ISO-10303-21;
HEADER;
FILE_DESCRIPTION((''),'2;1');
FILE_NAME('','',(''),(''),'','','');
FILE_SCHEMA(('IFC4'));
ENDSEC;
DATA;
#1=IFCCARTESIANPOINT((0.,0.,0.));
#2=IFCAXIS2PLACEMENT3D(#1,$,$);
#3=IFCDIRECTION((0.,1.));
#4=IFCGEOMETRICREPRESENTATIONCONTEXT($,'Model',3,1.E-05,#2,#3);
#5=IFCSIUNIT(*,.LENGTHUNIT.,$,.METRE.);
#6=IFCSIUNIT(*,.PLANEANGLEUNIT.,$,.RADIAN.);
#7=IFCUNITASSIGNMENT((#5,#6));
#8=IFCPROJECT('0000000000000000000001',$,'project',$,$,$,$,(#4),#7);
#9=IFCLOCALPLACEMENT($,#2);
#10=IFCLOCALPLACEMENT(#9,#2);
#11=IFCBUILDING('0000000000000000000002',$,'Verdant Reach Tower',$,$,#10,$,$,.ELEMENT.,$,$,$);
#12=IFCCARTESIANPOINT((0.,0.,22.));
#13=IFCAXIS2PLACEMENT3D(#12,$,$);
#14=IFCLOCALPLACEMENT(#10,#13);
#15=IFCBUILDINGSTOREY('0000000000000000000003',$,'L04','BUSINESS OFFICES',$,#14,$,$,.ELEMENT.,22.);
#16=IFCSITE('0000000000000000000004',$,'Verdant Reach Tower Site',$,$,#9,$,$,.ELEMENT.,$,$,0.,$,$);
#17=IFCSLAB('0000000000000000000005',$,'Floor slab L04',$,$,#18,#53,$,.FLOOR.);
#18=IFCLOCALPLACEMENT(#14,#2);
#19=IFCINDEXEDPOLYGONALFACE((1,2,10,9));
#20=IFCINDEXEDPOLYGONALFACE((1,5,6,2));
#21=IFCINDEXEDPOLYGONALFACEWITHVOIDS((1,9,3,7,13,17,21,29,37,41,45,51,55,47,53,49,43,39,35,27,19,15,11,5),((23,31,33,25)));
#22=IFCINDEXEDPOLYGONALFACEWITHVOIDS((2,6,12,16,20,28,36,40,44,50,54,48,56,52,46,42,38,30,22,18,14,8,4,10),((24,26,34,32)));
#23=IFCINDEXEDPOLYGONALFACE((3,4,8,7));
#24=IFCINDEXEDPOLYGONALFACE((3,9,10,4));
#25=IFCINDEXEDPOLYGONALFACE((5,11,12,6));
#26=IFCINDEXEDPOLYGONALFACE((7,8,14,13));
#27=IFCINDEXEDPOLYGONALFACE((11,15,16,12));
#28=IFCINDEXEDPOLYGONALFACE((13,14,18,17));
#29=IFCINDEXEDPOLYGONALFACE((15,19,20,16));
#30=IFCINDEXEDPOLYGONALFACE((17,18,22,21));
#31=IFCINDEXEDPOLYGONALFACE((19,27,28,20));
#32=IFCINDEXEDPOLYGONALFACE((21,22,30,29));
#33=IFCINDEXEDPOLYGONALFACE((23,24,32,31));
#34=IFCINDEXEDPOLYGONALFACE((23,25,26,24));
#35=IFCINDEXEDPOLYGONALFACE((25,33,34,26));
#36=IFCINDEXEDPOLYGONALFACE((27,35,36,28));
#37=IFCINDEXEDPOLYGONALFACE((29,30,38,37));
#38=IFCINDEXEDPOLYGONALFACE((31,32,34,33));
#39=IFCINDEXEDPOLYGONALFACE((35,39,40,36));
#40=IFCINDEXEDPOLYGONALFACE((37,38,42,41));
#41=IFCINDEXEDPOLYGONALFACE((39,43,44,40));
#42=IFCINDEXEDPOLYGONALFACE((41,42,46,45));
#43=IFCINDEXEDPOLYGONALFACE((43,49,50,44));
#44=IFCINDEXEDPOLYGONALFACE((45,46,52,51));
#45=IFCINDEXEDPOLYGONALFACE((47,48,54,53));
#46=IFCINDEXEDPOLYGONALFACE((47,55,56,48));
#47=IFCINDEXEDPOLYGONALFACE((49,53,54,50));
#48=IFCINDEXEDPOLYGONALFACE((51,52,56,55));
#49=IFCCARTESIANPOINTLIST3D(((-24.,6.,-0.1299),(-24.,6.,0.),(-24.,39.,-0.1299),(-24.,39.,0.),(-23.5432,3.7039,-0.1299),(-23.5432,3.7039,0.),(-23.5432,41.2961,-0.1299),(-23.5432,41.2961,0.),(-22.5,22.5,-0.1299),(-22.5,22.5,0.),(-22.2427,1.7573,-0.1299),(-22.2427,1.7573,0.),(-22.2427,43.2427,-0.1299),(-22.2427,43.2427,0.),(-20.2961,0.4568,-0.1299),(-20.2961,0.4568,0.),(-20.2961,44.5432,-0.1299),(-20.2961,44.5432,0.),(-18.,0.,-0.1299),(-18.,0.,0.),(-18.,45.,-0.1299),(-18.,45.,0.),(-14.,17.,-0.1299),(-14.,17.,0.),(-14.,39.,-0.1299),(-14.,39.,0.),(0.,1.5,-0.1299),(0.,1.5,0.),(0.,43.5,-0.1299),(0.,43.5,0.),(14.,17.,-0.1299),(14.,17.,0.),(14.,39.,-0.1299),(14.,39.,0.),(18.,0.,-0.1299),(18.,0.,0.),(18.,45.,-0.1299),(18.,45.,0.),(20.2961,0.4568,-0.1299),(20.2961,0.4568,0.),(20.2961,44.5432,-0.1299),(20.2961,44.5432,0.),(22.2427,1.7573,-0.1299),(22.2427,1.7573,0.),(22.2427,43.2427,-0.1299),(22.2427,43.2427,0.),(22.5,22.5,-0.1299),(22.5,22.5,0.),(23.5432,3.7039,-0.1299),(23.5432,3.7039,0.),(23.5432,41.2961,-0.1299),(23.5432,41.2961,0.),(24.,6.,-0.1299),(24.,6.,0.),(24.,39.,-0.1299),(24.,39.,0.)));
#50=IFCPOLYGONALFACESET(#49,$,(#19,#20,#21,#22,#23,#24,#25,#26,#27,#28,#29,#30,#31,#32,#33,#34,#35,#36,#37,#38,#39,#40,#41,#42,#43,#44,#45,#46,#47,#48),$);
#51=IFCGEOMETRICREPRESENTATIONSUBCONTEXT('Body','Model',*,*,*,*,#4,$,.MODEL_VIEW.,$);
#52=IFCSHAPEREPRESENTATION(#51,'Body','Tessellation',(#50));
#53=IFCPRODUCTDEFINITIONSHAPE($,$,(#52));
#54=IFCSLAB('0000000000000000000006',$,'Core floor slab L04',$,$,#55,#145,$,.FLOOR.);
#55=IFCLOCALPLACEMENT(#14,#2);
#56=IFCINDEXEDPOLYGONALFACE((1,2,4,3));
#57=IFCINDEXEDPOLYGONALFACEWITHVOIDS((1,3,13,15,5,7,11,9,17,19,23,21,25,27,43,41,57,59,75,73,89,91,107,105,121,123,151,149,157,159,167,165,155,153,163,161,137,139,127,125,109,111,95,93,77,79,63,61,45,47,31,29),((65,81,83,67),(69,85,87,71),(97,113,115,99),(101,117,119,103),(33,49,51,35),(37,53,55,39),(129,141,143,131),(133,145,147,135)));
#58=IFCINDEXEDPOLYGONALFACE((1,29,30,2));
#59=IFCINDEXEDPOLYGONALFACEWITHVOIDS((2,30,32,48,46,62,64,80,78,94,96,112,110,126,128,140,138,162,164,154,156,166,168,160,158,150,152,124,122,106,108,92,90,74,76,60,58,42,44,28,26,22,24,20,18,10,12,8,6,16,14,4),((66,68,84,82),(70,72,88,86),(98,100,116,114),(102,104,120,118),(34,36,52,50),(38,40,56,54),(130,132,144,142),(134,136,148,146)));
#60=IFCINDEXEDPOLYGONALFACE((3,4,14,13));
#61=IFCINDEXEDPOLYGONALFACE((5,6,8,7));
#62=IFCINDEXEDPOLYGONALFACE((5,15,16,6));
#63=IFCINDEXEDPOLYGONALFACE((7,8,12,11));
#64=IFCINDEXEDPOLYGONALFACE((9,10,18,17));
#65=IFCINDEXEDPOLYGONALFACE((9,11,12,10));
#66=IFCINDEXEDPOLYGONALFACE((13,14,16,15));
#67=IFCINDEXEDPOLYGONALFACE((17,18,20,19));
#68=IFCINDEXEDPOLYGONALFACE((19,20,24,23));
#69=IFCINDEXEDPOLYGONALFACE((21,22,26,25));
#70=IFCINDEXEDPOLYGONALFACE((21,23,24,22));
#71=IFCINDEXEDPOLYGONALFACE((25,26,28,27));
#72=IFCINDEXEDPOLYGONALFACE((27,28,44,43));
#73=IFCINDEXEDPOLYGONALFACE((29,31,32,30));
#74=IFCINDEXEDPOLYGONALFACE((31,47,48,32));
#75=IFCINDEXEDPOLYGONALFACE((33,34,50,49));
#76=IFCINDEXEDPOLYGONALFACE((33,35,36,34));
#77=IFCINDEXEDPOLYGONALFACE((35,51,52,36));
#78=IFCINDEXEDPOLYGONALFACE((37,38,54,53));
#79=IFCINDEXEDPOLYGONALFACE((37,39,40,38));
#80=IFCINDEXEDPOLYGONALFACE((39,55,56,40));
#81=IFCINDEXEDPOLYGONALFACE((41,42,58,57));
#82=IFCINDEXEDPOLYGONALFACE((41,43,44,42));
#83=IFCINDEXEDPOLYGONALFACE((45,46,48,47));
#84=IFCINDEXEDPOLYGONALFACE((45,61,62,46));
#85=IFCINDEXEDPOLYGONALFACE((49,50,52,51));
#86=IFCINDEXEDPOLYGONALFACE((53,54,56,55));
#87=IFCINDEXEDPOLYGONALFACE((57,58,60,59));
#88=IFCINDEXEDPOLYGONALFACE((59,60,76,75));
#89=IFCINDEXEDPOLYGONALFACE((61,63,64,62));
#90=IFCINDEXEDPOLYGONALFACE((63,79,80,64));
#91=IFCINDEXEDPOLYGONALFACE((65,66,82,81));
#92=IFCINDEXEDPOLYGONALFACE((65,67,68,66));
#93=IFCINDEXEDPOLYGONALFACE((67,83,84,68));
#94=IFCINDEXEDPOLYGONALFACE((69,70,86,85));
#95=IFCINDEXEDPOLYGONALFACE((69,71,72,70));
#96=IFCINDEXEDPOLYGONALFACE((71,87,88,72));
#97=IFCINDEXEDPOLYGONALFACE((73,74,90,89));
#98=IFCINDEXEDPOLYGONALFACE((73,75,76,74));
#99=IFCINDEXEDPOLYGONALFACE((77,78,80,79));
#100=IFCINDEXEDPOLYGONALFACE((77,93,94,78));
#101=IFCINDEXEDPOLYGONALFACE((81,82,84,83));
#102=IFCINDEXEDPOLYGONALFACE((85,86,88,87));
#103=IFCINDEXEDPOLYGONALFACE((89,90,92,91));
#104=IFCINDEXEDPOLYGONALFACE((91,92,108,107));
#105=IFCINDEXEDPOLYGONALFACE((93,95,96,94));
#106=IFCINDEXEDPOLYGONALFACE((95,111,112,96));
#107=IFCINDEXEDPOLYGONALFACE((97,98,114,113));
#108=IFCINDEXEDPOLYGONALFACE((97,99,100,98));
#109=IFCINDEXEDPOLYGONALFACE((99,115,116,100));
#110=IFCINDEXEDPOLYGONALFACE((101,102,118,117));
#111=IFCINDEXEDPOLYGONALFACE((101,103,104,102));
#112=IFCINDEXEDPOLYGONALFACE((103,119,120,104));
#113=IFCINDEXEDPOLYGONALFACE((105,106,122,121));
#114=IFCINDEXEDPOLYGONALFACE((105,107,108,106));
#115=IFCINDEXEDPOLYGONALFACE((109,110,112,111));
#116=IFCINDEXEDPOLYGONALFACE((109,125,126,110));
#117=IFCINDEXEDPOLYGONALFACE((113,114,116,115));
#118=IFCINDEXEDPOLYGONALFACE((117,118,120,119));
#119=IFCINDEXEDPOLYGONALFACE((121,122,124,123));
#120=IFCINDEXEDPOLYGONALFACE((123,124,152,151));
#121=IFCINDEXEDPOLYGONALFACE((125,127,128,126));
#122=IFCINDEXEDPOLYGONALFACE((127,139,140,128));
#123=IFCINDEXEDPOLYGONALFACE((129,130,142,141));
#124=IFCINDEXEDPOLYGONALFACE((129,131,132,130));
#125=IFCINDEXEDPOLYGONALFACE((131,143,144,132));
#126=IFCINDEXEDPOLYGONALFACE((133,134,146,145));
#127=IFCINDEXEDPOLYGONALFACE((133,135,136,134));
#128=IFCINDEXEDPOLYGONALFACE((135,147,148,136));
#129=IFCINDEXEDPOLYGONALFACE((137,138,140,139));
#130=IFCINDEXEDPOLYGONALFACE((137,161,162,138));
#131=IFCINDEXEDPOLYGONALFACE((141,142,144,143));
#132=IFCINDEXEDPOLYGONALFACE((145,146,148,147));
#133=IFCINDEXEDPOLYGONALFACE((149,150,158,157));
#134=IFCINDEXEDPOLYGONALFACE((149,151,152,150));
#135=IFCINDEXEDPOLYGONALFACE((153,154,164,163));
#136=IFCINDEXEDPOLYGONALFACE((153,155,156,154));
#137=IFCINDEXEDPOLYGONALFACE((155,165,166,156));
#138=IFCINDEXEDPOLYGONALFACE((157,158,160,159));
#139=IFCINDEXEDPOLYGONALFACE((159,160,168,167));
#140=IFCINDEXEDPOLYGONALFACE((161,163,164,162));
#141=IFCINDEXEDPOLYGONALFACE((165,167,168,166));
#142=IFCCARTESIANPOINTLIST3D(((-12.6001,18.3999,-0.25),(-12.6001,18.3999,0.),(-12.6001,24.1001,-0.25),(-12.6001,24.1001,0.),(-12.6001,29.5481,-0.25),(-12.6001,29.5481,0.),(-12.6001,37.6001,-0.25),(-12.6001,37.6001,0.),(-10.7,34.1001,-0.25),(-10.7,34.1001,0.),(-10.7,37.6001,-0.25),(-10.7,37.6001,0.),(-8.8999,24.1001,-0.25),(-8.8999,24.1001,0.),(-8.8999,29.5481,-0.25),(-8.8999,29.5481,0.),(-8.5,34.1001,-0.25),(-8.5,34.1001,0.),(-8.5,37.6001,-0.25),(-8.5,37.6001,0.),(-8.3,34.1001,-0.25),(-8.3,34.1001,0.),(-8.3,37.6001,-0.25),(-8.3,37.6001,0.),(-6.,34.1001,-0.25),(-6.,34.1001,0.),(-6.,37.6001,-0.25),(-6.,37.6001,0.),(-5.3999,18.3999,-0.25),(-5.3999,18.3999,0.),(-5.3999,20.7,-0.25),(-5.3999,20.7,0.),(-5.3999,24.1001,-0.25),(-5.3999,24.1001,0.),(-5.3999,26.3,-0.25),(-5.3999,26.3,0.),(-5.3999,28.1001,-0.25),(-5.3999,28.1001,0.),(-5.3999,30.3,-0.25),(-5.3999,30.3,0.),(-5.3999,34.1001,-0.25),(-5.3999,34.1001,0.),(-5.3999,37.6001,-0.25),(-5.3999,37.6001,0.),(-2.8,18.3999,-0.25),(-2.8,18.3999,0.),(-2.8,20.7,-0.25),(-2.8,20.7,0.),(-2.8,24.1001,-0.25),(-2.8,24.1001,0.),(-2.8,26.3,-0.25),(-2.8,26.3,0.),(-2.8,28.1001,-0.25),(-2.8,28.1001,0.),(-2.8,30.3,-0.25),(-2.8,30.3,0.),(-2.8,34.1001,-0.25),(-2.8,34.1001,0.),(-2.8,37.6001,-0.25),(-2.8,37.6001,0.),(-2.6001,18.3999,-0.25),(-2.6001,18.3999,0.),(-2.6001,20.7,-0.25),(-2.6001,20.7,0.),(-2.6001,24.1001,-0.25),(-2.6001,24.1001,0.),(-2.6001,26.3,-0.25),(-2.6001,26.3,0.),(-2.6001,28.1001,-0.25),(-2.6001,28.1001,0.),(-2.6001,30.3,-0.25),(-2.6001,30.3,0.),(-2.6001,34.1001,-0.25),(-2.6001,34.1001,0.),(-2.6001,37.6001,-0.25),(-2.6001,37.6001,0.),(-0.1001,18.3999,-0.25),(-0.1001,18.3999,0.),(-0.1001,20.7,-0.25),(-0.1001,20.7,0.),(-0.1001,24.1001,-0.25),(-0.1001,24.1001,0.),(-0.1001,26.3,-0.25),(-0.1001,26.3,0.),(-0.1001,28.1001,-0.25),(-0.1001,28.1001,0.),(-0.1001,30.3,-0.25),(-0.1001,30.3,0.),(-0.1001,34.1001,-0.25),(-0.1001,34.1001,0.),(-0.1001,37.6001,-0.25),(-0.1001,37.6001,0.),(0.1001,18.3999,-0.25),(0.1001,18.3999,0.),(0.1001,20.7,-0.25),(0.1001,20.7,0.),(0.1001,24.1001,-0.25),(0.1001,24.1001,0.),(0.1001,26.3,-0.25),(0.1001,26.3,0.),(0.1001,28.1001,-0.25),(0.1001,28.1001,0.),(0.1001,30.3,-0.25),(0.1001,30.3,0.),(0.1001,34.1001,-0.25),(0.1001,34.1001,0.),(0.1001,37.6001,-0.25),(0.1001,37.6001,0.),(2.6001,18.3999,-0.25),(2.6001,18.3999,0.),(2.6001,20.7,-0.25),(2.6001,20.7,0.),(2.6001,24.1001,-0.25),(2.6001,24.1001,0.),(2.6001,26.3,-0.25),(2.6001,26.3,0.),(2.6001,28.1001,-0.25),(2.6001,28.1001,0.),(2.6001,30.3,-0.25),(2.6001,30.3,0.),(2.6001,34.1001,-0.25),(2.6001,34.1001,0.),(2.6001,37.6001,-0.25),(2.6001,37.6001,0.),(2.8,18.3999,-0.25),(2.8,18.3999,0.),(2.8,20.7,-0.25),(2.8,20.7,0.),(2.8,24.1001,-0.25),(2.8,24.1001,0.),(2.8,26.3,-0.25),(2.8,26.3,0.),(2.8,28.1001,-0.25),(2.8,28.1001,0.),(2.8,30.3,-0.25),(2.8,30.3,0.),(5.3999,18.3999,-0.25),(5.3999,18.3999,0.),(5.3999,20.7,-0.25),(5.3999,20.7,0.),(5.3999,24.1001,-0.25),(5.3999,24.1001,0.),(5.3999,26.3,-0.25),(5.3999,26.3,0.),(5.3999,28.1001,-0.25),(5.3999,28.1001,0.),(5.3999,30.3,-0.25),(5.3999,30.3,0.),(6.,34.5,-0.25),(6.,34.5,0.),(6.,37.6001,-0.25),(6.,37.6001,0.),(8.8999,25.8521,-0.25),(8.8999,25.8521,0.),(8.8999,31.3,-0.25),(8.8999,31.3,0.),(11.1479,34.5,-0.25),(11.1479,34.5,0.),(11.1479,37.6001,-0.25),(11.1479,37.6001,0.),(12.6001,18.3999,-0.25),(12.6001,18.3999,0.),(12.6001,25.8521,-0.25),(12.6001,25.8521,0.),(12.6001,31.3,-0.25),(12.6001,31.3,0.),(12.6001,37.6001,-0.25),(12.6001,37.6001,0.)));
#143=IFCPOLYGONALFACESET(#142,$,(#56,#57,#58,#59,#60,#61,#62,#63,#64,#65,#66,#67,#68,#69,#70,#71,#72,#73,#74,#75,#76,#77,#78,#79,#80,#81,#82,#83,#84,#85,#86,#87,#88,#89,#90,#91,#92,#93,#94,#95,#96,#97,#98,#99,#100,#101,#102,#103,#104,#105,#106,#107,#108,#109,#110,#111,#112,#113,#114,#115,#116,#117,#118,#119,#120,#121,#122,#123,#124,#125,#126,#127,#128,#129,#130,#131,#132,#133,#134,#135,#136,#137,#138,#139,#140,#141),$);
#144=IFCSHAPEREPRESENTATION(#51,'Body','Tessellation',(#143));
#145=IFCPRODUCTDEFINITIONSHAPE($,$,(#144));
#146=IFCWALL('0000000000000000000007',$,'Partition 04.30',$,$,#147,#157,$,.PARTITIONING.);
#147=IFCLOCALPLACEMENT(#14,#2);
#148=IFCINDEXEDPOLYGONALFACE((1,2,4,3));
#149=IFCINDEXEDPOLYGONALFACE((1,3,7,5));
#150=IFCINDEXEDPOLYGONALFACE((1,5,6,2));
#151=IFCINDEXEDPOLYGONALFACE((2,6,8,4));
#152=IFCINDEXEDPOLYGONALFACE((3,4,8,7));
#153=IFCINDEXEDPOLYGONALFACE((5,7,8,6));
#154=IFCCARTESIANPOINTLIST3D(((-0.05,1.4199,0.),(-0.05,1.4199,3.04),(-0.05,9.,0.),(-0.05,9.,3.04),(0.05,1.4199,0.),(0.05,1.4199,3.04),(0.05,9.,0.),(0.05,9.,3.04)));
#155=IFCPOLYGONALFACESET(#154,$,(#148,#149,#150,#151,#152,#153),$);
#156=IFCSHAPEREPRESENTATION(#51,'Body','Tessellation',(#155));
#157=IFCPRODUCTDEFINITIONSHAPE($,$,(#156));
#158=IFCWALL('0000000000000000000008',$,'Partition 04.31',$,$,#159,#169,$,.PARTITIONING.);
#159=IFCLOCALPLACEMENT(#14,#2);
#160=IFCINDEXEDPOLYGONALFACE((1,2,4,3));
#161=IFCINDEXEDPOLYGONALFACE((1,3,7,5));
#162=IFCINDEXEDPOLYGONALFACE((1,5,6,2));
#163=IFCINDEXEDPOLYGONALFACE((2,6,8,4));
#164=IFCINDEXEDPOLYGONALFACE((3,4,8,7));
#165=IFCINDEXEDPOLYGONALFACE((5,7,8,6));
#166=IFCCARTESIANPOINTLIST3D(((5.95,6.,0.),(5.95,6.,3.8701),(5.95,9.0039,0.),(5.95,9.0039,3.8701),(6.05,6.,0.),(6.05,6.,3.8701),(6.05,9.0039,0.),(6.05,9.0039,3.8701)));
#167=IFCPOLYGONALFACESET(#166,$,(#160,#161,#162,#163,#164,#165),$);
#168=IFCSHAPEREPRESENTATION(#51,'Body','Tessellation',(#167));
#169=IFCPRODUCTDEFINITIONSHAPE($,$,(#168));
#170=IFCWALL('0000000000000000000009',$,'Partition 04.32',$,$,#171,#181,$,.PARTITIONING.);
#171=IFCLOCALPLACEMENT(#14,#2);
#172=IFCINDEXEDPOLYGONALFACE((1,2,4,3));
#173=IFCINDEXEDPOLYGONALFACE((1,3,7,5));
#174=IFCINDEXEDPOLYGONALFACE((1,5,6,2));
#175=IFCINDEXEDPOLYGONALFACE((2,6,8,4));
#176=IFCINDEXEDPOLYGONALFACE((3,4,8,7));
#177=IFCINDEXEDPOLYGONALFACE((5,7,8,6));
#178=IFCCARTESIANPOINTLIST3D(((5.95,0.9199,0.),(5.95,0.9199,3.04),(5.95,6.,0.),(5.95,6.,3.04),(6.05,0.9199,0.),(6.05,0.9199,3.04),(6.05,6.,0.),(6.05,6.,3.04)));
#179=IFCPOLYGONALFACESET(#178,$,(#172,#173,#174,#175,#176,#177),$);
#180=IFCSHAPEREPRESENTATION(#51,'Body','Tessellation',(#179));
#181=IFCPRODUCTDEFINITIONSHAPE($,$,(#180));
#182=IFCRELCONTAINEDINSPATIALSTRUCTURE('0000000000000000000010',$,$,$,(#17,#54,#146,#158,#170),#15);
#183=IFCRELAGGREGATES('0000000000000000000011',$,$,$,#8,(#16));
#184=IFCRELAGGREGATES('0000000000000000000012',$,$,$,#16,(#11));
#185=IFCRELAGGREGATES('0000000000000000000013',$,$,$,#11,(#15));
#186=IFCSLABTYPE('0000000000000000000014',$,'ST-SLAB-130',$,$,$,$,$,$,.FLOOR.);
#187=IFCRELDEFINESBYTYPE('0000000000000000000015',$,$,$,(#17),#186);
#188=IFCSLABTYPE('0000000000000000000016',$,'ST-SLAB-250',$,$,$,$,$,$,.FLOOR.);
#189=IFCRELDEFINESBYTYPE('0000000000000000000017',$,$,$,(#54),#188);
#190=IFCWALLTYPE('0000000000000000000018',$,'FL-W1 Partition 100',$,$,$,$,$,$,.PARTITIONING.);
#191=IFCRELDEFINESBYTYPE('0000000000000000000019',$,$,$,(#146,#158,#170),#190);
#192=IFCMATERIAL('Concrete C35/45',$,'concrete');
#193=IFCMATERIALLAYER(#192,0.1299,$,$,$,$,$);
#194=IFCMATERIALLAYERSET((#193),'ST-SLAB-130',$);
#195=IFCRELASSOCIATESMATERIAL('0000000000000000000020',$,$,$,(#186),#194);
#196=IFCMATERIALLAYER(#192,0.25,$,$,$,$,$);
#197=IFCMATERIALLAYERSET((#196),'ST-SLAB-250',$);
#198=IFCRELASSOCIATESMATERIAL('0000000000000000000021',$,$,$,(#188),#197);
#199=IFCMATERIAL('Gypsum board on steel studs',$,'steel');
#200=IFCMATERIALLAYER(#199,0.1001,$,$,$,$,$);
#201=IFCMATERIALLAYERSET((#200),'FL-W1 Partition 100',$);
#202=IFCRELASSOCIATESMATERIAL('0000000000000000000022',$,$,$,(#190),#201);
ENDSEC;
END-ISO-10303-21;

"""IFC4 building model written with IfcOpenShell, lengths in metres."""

from ifc_helpers import new_model, si_unit, direction, frame, frame_2d, origin, place, context, subcontext, project, spatial, polyline, rectangle, outline, extrude, material, layer, layer_set, type_object, element, save


model = new_model("IFC4")

# Units and contexts
model_context = context("Model", 3, precision=1e-05, world=origin(), true_north=direction((0.0, 1.0)))
body_context = subcontext(model_context, "Body", "Model", "MODEL_VIEW")
ifc_project = project(units=[si_unit("LENGTHUNIT", "METRE"), si_unit("PLANEANGLEUNIT", "RADIAN")], contexts=[model_context])

# Site, building, storey
site_placement = place(None, origin())
site = spatial("IfcSite", under=ifc_project, at=site_placement, Name="Verdant Reach Tower Site", CompositionType="ELEMENT", RefElevation=0.0)
building_placement = place(site_placement, origin())
building = spatial("IfcBuilding", under=site, at=building_placement, Name="Verdant Reach Tower", CompositionType="ELEMENT")
storey_placement = place(building_placement, frame((0.0, 0.0, 22.0)))
storey = spatial("IfcBuildingStorey", under=building, at=storey_placement, Name="L04", Description="BUSINESS OFFICES", CompositionType="ELEMENT", Elevation=22.0)

# Slabs
ifc_material_1 = material(Name="Concrete C35/45", Category="concrete")
ifc_layer_1 = layer(ifc_material_1, 0.1299)
ifc_layer_set_1 = layer_set([ifc_layer_1], Name="ST-SLAB-130")
slab_type_1 = type_object("IfcSlabType", Name="ST-SLAB-130", PredefinedType="FLOOR", material=ifc_layer_set_1)
slab_1_placement = place(storey_placement, frame((0.0, 0.0, -0.1299)))
element("IfcSlab", 1, at=slab_1_placement, inside=storey, type_object=slab_type_1, Name="Floor slab L04", PredefinedType="FLOOR", context=body_context, shape_type="SweptSolid", body=[
    extrude(outline(polyline([(0.0, 1.5), (-18.0, 0.0), (-20.2961, 0.4568), (-22.2427, 1.7573), (-23.5432, 3.7039), (-24.0, 6.0), (-22.5, 22.5), (-24.0, 39.0), (-23.5432, 41.2961), (-22.2427, 43.2427), (-20.2961, 44.5432), (-18.0, 45.0), (0.0, 43.5), (18.0, 45.0), (20.2961, 44.5432), (22.2427, 43.2427), (23.5432, 41.2961), (24.0, 39.0), (22.5, 22.5), (24.0, 6.0), (23.5432, 3.7039), (22.2427, 1.7573), (20.2961, 0.4568), (18.0, 0.0), (0.0, 1.5)]), holes=[polyline([(14.0, 39.0), (-14.0, 39.0), (-14.0, 17.0), (14.0, 17.0), (14.0, 39.0)])]), origin(), (0.0, 0.0, 1.0), 0.1299),
])
ifc_layer_2 = layer(ifc_material_1, 0.25)
ifc_layer_set_2 = layer_set([ifc_layer_2], Name="ST-SLAB-250")
slab_type_2 = type_object("IfcSlabType", Name="ST-SLAB-250", PredefinedType="FLOOR", material=ifc_layer_set_2)
slab_2_placement = place(storey_placement, frame((0.0, 0.0, -0.25)))
element("IfcSlab", 2, at=slab_2_placement, inside=storey, type_object=slab_type_2, Name="Core floor slab L04", PredefinedType="FLOOR", context=body_context, shape_type="SweptSolid", body=[
    extrude(outline(polyline([(12.6001, 18.3999), (5.3999, 18.3999), (5.3999, 20.7), (2.8, 20.7), (2.8, 18.3999), (2.6001, 18.3999), (2.6001, 20.7), (0.1001, 20.7), (0.1001, 18.3999), (-0.1001, 18.3999), (-0.1001, 20.7), (-2.6001, 20.7), (-2.6001, 18.3999), (-2.8, 18.3999), (-2.8, 20.7), (-5.3999, 20.7), (-5.3999, 18.3999), (-12.6001, 18.3999), (-12.6001, 24.1001), (-8.8999, 24.1001), (-8.8999, 29.5481), (-12.6001, 29.5481), (-12.6001, 37.6001), (-10.7, 37.6001), (-10.7, 34.1001), (-8.5, 34.1001), (-8.5, 37.6001), (-8.3, 37.6001), (-8.3, 34.1001), (-6.0, 34.1001), (-6.0, 37.6001), (-5.3999, 37.6001), (-5.3999, 34.1001), (-2.8, 34.1001), (-2.8, 37.6001), (-2.6001, 37.6001), (-2.6001, 34.1001), (-0.1001, 34.1001), (-0.1001, 37.6001), (0.1001, 37.6001), (0.1001, 34.1001), (2.6001, 34.1001), (2.6001, 37.6001), (6.0, 37.6001), (6.0, 34.5), (11.1479, 34.5), (11.1479, 37.6001), (12.6001, 37.6001), (12.6001, 31.3), (8.8999, 31.3), (8.8999, 25.8521), (12.6001, 25.8521), (12.6001, 18.3999)]), holes=[polyline([(-2.8, 24.1001), (-2.8, 26.3), (-5.3999, 26.3), (-5.3999, 24.1001), (-2.8, 24.1001)]), polyline([(-2.6001, 24.1001), (-0.1001, 24.1001), (-0.1001, 26.3), (-2.6001, 26.3), (-2.6001, 24.1001)]), polyline([(-2.8, 28.1001), (-2.8, 30.3), (-5.3999, 30.3), (-5.3999, 28.1001), (-2.8, 28.1001)]), polyline([(-0.1001, 28.1001), (-0.1001, 30.3), (-2.6001, 30.3), (-2.6001, 28.1001), (-0.1001, 28.1001)]), polyline([(2.6001, 24.1001), (2.6001, 26.3), (0.1001, 26.3), (0.1001, 24.1001), (2.6001, 24.1001)]), polyline([(2.8, 24.1001), (5.3999, 24.1001), (5.3999, 26.3), (2.8, 26.3), (2.8, 24.1001)]), polyline([(2.6001, 28.1001), (2.6001, 30.3), (0.1001, 30.3), (0.1001, 28.1001), (2.6001, 28.1001)]), polyline([(5.3999, 28.1001), (5.3999, 30.3), (2.8, 30.3), (2.8, 28.1001), (5.3999, 28.1001)])]), origin(), (0.0, 0.0, 1.0), 0.25),
])

# Walls
ifc_material_2 = material(Name="Gypsum board on steel studs", Category="steel")
ifc_layer_3 = layer(ifc_material_2, 0.1001)
ifc_layer_set_3 = layer_set([ifc_layer_3], Name="FL-W1 Partition 100")
wall_type = type_object("IfcWallType", Name="FL-W1 Partition 100", PredefinedType="PARTITIONING", material=ifc_layer_set_3)
wall_1_placement = place(storey_placement, frame((0.0, 1.4199, 0.0), z_axis=(0.0, 0.0, 1.0), x_axis=(0.0, 1.0, 0.0)))
element("IfcWall", 3, at=wall_1_placement, inside=storey, type_object=wall_type, Name="Partition 04.30", PredefinedType="PARTITIONING", context=body_context, shape_type="SweptSolid", body=[
    extrude(rectangle(XDim=7.5801, YDim=0.1001, at=frame_2d((3.79, 0.0))), origin(), (0.0, 0.0, 1.0), 3.04),
])
wall_2_placement = place(storey_placement, frame((6.0, 6.0, 0.0), z_axis=(0.0, 0.0, 1.0), x_axis=(0.0, 1.0, 0.0)))
element("IfcWall", 4, at=wall_2_placement, inside=storey, type_object=wall_type, Name="Partition 04.31", PredefinedType="PARTITIONING", context=body_context, shape_type="SweptSolid", body=[
    extrude(rectangle(XDim=3.0039, YDim=0.1001, at=frame_2d((1.502, 0.0))), origin(), (0.0, 0.0, 1.0), 3.8701),
])
wall_3_placement = place(storey_placement, frame((6.0, 0.9199, 0.0), z_axis=(0.0, 0.0, 1.0), x_axis=(0.0, 1.0, 0.0)))
element("IfcWall", 5, at=wall_3_placement, inside=storey, type_object=wall_type, Name="Partition 04.32", PredefinedType="PARTITIONING", context=body_context, shape_type="SweptSolid", body=[
    extrude(rectangle(XDim=5.0801, YDim=0.1001, at=frame_2d((2.54, 0.0))), origin(), (0.0, 0.0, 1.0), 3.04),
])

save(model, "model.ifc")
